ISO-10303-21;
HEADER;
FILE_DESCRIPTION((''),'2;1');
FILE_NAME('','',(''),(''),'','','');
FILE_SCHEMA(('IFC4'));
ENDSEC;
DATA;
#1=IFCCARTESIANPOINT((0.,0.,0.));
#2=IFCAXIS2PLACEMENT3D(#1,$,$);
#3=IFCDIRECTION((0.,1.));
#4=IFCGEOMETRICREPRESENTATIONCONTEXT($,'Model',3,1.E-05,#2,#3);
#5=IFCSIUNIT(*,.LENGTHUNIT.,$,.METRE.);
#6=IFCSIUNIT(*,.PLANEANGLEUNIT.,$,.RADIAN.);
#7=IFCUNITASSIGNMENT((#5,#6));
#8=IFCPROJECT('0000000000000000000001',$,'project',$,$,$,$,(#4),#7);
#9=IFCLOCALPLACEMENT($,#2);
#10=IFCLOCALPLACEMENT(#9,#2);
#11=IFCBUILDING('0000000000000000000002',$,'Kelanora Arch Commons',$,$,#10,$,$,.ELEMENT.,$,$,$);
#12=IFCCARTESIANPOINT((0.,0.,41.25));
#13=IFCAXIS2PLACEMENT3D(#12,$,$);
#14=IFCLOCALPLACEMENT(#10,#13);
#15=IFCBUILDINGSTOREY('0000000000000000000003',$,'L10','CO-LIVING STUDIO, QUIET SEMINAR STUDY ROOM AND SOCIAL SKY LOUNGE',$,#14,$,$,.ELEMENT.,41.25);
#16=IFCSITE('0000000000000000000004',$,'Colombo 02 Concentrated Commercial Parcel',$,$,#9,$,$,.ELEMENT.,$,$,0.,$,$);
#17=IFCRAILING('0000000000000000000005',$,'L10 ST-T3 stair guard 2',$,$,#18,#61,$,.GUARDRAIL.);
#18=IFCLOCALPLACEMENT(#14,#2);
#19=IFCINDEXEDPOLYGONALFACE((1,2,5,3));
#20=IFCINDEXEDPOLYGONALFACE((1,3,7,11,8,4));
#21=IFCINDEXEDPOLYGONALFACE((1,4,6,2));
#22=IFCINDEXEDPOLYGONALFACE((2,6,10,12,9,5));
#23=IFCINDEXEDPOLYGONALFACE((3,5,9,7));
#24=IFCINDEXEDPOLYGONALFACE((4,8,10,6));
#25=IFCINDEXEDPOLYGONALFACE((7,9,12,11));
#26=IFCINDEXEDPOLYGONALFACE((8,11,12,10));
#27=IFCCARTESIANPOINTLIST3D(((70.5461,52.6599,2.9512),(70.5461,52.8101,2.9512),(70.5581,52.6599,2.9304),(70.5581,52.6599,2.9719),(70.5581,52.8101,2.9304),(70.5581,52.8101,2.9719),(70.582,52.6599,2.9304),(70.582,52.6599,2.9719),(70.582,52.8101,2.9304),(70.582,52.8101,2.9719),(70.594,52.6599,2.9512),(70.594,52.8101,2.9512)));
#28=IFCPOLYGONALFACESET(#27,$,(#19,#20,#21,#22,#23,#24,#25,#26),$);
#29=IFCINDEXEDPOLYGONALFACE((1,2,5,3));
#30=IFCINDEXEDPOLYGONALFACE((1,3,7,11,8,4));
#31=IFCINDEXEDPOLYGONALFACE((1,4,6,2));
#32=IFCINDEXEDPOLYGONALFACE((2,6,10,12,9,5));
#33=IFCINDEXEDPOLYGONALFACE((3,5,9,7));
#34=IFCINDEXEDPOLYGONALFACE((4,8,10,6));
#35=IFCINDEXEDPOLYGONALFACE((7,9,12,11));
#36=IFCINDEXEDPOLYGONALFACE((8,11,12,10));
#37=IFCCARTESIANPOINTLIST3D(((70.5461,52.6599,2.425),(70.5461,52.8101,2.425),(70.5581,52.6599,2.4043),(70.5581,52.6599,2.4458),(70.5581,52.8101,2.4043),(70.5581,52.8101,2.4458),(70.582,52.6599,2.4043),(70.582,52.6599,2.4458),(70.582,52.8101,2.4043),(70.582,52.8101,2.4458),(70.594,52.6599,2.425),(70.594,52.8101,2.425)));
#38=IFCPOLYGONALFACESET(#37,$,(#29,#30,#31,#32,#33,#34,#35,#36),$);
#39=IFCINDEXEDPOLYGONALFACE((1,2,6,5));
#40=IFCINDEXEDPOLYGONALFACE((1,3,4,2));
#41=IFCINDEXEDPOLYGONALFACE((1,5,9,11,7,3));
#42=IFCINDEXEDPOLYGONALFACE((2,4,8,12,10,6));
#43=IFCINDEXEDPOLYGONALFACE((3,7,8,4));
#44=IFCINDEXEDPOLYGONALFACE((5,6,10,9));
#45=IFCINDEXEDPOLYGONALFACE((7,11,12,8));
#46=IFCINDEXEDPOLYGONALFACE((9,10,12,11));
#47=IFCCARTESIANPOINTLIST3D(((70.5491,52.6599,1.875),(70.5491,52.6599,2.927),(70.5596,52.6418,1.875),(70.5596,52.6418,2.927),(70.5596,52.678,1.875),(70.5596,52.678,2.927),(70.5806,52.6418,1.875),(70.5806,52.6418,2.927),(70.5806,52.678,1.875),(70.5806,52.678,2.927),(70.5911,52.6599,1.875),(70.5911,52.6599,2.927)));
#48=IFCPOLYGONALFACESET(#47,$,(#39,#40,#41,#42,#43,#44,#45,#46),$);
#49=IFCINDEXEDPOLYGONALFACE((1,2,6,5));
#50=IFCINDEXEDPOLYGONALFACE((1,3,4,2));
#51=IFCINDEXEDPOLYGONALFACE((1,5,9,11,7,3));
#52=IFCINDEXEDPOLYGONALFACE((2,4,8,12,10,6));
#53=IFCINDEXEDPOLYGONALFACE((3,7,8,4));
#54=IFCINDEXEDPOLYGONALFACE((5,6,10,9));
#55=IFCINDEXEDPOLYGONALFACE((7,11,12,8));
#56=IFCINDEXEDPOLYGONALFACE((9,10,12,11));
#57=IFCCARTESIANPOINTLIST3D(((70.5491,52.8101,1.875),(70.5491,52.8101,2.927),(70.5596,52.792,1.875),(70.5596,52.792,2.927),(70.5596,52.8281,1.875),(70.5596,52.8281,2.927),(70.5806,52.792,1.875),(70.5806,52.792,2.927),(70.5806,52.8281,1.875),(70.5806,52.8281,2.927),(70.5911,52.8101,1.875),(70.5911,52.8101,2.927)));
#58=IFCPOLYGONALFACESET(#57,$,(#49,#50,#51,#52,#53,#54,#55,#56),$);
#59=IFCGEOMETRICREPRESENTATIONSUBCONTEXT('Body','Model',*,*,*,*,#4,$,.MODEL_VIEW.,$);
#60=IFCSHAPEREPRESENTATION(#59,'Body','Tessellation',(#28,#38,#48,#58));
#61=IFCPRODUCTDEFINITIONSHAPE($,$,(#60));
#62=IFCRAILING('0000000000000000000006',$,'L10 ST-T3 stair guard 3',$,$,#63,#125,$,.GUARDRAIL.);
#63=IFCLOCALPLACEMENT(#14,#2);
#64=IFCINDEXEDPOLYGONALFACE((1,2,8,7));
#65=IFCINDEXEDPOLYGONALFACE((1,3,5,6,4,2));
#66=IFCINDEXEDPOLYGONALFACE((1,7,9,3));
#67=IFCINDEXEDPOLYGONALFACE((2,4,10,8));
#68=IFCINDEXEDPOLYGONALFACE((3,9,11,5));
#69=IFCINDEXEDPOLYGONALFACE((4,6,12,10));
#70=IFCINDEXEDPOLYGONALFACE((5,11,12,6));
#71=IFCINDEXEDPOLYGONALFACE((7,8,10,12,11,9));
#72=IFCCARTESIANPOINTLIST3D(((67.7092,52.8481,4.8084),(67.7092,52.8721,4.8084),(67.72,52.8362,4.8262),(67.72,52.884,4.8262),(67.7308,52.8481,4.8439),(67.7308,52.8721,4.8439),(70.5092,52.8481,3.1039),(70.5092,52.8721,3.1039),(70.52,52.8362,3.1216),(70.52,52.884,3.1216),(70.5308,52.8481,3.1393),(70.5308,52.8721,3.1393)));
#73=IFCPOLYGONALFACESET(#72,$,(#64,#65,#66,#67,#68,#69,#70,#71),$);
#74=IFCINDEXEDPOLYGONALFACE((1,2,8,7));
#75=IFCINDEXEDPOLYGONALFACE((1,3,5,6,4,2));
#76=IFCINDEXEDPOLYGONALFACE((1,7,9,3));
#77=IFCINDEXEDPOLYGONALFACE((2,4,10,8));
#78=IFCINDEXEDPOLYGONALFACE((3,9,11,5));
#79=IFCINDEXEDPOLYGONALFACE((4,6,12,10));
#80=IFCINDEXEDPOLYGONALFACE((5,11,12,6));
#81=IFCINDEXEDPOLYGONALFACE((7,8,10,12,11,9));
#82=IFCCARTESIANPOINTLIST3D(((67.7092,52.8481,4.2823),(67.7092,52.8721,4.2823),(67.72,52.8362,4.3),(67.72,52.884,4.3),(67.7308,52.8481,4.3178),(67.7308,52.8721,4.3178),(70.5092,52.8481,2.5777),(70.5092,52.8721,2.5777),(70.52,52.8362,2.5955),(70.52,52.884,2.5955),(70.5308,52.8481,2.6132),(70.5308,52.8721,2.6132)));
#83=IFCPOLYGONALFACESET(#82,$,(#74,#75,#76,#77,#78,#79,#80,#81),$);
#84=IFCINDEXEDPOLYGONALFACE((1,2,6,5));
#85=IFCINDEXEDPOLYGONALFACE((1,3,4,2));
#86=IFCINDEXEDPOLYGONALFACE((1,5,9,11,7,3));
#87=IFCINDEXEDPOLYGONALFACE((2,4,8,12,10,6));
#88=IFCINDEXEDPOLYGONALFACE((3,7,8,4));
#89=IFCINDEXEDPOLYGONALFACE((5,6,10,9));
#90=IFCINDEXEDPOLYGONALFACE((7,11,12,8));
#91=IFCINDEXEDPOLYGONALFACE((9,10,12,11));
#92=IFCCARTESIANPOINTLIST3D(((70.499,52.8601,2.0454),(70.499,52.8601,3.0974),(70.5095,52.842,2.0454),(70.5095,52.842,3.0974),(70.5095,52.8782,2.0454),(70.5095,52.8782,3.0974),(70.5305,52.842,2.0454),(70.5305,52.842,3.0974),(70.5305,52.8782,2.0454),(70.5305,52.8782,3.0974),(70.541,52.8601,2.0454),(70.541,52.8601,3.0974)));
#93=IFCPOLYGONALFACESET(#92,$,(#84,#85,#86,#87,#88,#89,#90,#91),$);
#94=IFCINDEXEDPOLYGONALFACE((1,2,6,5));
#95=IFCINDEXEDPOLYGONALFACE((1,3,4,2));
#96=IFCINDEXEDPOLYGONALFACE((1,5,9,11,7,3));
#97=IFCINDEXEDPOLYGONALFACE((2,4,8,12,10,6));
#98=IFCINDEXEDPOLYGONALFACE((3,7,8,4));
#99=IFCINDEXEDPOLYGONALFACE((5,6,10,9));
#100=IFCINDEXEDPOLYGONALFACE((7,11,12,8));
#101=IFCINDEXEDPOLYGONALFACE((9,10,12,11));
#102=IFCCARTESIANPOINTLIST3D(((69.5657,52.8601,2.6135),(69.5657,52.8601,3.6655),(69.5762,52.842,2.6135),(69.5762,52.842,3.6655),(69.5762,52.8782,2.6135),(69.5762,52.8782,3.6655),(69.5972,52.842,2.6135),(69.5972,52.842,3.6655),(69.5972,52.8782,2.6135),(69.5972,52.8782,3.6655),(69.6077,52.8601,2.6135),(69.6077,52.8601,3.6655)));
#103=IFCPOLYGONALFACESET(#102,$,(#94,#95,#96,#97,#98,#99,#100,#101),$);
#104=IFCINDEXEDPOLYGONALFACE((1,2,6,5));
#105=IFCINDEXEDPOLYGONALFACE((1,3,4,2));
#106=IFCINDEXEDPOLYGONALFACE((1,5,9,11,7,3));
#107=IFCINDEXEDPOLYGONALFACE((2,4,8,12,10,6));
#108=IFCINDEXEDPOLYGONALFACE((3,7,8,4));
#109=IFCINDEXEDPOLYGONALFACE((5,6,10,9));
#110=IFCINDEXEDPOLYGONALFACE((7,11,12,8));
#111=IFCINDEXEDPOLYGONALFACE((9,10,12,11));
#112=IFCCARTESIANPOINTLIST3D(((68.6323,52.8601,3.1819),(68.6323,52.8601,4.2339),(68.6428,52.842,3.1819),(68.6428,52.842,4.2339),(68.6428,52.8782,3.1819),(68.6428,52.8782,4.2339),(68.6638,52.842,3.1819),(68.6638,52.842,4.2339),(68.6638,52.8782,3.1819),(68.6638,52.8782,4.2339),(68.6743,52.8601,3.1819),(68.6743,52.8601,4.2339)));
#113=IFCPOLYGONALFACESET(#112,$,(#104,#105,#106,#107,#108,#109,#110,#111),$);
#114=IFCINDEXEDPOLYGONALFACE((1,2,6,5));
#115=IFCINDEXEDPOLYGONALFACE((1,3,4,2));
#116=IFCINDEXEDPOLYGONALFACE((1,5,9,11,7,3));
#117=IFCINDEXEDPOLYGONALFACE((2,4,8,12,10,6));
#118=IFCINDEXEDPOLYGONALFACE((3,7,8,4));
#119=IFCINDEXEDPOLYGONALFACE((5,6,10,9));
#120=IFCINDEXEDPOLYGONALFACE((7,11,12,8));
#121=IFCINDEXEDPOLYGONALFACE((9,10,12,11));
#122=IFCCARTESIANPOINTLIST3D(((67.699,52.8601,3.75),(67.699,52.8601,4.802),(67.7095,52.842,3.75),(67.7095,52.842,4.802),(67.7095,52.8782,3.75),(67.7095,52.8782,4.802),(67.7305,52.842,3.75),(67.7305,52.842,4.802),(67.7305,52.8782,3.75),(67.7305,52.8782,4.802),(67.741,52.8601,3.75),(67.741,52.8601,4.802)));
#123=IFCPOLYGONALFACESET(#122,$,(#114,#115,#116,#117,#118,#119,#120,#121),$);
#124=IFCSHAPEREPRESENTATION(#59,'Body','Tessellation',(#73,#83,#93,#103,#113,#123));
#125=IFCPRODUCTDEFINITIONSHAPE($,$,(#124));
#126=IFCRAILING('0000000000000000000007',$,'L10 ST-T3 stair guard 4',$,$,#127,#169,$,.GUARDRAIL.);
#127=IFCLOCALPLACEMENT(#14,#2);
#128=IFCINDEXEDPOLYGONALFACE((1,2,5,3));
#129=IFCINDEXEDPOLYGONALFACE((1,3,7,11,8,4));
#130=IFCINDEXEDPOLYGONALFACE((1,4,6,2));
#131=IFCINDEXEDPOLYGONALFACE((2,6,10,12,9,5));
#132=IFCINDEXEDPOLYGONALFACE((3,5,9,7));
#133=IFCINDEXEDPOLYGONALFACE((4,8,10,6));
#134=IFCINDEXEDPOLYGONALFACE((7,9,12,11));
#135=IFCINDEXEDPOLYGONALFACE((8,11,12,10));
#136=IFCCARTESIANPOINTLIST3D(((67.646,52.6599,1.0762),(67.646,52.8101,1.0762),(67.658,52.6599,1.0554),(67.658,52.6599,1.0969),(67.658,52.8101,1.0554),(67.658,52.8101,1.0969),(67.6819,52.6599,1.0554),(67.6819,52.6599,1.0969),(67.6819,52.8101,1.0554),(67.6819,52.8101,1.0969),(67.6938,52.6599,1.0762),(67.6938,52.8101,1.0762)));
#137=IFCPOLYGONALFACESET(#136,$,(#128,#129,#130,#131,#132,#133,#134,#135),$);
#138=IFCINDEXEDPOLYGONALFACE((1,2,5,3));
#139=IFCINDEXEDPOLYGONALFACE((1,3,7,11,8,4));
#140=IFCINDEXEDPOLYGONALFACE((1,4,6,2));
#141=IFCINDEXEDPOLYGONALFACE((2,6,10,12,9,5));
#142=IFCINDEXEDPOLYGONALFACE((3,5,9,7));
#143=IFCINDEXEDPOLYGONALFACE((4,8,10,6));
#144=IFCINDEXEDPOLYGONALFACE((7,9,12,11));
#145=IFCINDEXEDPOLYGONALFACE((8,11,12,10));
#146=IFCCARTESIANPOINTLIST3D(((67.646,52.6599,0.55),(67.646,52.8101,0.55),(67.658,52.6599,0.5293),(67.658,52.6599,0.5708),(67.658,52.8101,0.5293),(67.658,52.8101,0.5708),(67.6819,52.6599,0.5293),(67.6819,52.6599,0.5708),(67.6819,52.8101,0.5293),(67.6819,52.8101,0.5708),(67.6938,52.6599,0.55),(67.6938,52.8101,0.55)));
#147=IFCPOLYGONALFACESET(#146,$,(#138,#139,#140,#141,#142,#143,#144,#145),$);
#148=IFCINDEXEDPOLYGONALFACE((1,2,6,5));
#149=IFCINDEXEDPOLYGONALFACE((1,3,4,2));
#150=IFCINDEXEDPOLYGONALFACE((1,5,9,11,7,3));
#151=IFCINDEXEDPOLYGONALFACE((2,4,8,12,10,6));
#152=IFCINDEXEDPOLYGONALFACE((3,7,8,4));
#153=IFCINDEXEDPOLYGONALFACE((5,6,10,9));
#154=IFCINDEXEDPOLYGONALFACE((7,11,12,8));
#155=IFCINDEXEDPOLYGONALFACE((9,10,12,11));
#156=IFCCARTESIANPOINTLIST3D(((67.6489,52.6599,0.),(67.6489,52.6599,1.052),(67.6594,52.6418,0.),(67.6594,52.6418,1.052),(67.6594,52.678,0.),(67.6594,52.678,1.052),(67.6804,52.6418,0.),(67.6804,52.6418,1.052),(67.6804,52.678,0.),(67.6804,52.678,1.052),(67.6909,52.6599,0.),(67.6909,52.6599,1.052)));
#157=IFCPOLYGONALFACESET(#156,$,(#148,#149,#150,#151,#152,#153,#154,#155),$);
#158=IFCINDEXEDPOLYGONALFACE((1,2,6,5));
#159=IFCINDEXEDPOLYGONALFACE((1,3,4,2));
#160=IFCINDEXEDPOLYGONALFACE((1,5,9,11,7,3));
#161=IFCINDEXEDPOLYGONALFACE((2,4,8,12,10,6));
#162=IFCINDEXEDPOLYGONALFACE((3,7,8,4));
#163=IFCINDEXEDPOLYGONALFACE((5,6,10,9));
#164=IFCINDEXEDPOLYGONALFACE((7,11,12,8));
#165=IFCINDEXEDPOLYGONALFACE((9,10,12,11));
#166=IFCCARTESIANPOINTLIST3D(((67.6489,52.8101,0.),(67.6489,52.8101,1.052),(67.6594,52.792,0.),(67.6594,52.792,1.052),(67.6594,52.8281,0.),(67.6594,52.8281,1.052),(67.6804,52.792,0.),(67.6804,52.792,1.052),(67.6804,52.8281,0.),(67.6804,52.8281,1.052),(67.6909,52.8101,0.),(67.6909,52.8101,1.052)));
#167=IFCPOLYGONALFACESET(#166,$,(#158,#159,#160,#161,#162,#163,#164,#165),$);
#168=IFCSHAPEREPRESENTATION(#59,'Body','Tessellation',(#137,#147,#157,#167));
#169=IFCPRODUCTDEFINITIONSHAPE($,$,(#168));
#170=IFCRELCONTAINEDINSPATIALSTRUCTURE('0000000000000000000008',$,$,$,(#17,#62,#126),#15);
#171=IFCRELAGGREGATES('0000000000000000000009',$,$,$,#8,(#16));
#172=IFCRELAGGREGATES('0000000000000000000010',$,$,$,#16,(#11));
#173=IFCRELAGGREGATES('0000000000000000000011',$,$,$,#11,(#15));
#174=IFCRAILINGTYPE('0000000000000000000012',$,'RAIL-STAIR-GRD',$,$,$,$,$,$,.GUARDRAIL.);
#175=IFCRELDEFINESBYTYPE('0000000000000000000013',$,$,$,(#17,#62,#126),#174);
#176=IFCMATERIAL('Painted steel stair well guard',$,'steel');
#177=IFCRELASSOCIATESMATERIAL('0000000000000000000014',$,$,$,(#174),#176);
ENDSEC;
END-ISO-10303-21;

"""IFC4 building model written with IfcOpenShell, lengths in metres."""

from ifc_helpers import new_model, si_unit, direction, frame, origin, place, context, subcontext, project, spatial, polyline, outline, extrude, material, type_object, element, save


model = new_model("IFC4")

# Units and contexts
model_context = context("Model", 3, precision=1e-05, world=origin(), true_north=direction((0.0, 1.0)))
body_context = subcontext(model_context, "Body", "Model", "MODEL_VIEW")
ifc_project = project(units=[si_unit("LENGTHUNIT", "METRE"), si_unit("PLANEANGLEUNIT", "RADIAN")], contexts=[model_context])

# Site, building, storey
site_placement = place(None, origin())
site = spatial("IfcSite", under=ifc_project, at=site_placement, Name="Colombo 02 Concentrated Commercial Parcel", CompositionType="ELEMENT", RefElevation=0.0)
building_placement = place(site_placement, origin())
building = spatial("IfcBuilding", under=site, at=building_placement, Name="Kelanora Arch Commons", CompositionType="ELEMENT")
storey_placement = place(building_placement, frame((0.0, 0.0, 41.25)))
storey = spatial("IfcBuildingStorey", under=building, at=storey_placement, Name="L10", Description="CO-LIVING STUDIO, QUIET SEMINAR STUDY ROOM AND SOCIAL SKY LOUNGE", CompositionType="ELEMENT", Elevation=41.25)

# Railings
ifc_material_1 = material(Name="Painted steel stair well guard", Category="steel")
railing_type_1 = type_object("IfcRailingType", Name="RAIL-STAIR-GRD", PredefinedType="GUARDRAIL", material=ifc_material_1)
railing_1_placement = place(storey_placement, frame((70.5701, 52.6599, 1.875)))
element("IfcRailing", 1, at=railing_1_placement, inside=storey, type_object=railing_type_1, Name="L10 ST-T3 stair guard 2", PredefinedType="GUARDRAIL", context=body_context, shape_type="SweptSolid", body=[
    extrude(outline(polyline([(0.0239, 0.0), (0.012, 0.0208), (-0.012, 0.0208), (-0.0239, 0.0), (-0.012, -0.0208), (0.012, -0.0208), (0.0239, 0.0)])), frame((0.0, 0.0, 1.0762), z_axis=(0.0, 1.0, 0.0), x_axis=(-1.0, 0.0, 0.0)), (0.0, 0.0, 1.0), 0.1501),
    extrude(outline(polyline([(0.0239, 0.0), (0.012, 0.0208), (-0.012, 0.0208), (-0.0239, 0.0), (-0.012, -0.0208), (0.012, -0.0208), (0.0239, 0.0)])), frame((0.0, 0.0, 0.55), z_axis=(0.0, 1.0, 0.0), x_axis=(-1.0, 0.0, 0.0)), (0.0, 0.0, 1.0), 0.1501),
    extrude(outline(polyline([(0.021, 0.0), (0.0105, 0.0181), (-0.0105, 0.0181), (-0.021, 0.0), (-0.0105, -0.0181), (0.0105, -0.0181), (0.021, 0.0)])), origin(), (0.0, 0.0, 1.0), 1.052),
    extrude(outline(polyline([(0.021, 0.0), (0.0105, 0.0181), (-0.0105, 0.0181), (-0.021, 0.0), (-0.0105, -0.0181), (0.0105, -0.0181), (0.021, 0.0)])), frame((0.0, 0.1501, 0.0)), (0.0, 0.0, 1.0), 1.052),
])
railing_2_placement = place(storey_placement, frame((70.52, 52.8601, 2.0454)))
element("IfcRailing", 2, at=railing_2_placement, inside=storey, type_object=railing_type_1, Name="L10 ST-T3 stair guard 3", PredefinedType="GUARDRAIL", context=body_context, shape_type="SweptSolid", body=[
    extrude(outline(polyline([(0.0239, 0.0), (0.012, 0.0208), (-0.012, 0.0208), (-0.0239, 0.0), (-0.012, -0.0208), (0.012, -0.0208), (0.0239, 0.0)])), frame((0.0, 0.0, 1.0762), z_axis=(-0.85417, 0.0, 0.519994), x_axis=(0.0, -1.0, 0.0)), (0.0, 0.0, 1.0), 3.2781),
    extrude(outline(polyline([(0.0239, 0.0), (0.012, 0.0208), (-0.012, 0.0208), (-0.0239, 0.0), (-0.012, -0.0208), (0.012, -0.0208), (0.0239, 0.0)])), frame((0.0, 0.0, 0.55), z_axis=(-0.85417, 0.0, 0.519994), x_axis=(0.0, -1.0, 0.0)), (0.0, 0.0, 1.0), 3.2781),
    extrude(outline(polyline([(0.021, 0.0), (0.0105, 0.0181), (-0.0105, 0.0181), (-0.021, 0.0), (-0.0105, -0.0181), (0.0105, -0.0181), (0.021, 0.0)])), origin(), (0.0, 0.0, 1.0), 1.052),
    extrude(outline(polyline([(0.021, 0.0), (0.0105, 0.0181), (-0.0105, 0.0181), (-0.021, 0.0), (-0.0105, -0.0181), (0.0105, -0.0181), (0.021, 0.0)])), frame((-0.9333, 0.0, 0.5681)), (0.0, 0.0, 1.0), 1.052),
    extrude(outline(polyline([(0.021, 0.0), (0.0105, 0.0181), (-0.0105, 0.0181), (-0.021, 0.0), (-0.0105, -0.0181), (0.0105, -0.0181), (0.021, 0.0)])), frame((-1.8667, 0.0, 1.1365)), (0.0, 0.0, 1.0), 1.052),
    extrude(outline(polyline([(0.021, 0.0), (0.0105, 0.0181), (-0.0105, 0.0181), (-0.021, 0.0), (-0.0105, -0.0181), (0.0105, -0.0181), (0.021, 0.0)])), frame((-2.8, 0.0, 1.7046)), (0.0, 0.0, 1.0), 1.052),
])
railing_3_placement = place(storey_placement, frame((67.6699, 52.6599, 0.0)))
element("IfcRailing", 3, at=railing_3_placement, inside=storey, type_object=railing_type_1, Name="L10 ST-T3 stair guard 4", PredefinedType="GUARDRAIL", context=body_context, shape_type="SweptSolid", body=[
    extrude(outline(polyline([(0.0239, 0.0), (0.012, 0.0208), (-0.012, 0.0208), (-0.0239, 0.0), (-0.012, -0.0208), (0.012, -0.0208), (0.0239, 0.0)])), frame((0.0, 0.0, 1.0762), z_axis=(0.0, 1.0, 0.0), x_axis=(-1.0, 0.0, 0.0)), (0.0, 0.0, 1.0), 0.1501),
    extrude(outline(polyline([(0.0239, 0.0), (0.012, 0.0208), (-0.012, 0.0208), (-0.0239, 0.0), (-0.012, -0.0208), (0.012, -0.0208), (0.0239, 0.0)])), frame((0.0, 0.0, 0.55), z_axis=(0.0, 1.0, 0.0), x_axis=(-1.0, 0.0, 0.0)), (0.0, 0.0, 1.0), 0.1501),
    extrude(outline(polyline([(0.021, 0.0), (0.0105, 0.0181), (-0.0105, 0.0181), (-0.021, 0.0), (-0.0105, -0.0181), (0.0105, -0.0181), (0.021, 0.0)])), origin(), (0.0, 0.0, 1.0), 1.052),
    extrude(outline(polyline([(0.021, 0.0), (0.0105, 0.0181), (-0.0105, 0.0181), (-0.021, 0.0), (-0.0105, -0.0181), (0.0105, -0.0181), (0.021, 0.0)])), frame((0.0, 0.1501, 0.0)), (0.0, 0.0, 1.0), 1.052),
])

save(model, "model.ifc")
